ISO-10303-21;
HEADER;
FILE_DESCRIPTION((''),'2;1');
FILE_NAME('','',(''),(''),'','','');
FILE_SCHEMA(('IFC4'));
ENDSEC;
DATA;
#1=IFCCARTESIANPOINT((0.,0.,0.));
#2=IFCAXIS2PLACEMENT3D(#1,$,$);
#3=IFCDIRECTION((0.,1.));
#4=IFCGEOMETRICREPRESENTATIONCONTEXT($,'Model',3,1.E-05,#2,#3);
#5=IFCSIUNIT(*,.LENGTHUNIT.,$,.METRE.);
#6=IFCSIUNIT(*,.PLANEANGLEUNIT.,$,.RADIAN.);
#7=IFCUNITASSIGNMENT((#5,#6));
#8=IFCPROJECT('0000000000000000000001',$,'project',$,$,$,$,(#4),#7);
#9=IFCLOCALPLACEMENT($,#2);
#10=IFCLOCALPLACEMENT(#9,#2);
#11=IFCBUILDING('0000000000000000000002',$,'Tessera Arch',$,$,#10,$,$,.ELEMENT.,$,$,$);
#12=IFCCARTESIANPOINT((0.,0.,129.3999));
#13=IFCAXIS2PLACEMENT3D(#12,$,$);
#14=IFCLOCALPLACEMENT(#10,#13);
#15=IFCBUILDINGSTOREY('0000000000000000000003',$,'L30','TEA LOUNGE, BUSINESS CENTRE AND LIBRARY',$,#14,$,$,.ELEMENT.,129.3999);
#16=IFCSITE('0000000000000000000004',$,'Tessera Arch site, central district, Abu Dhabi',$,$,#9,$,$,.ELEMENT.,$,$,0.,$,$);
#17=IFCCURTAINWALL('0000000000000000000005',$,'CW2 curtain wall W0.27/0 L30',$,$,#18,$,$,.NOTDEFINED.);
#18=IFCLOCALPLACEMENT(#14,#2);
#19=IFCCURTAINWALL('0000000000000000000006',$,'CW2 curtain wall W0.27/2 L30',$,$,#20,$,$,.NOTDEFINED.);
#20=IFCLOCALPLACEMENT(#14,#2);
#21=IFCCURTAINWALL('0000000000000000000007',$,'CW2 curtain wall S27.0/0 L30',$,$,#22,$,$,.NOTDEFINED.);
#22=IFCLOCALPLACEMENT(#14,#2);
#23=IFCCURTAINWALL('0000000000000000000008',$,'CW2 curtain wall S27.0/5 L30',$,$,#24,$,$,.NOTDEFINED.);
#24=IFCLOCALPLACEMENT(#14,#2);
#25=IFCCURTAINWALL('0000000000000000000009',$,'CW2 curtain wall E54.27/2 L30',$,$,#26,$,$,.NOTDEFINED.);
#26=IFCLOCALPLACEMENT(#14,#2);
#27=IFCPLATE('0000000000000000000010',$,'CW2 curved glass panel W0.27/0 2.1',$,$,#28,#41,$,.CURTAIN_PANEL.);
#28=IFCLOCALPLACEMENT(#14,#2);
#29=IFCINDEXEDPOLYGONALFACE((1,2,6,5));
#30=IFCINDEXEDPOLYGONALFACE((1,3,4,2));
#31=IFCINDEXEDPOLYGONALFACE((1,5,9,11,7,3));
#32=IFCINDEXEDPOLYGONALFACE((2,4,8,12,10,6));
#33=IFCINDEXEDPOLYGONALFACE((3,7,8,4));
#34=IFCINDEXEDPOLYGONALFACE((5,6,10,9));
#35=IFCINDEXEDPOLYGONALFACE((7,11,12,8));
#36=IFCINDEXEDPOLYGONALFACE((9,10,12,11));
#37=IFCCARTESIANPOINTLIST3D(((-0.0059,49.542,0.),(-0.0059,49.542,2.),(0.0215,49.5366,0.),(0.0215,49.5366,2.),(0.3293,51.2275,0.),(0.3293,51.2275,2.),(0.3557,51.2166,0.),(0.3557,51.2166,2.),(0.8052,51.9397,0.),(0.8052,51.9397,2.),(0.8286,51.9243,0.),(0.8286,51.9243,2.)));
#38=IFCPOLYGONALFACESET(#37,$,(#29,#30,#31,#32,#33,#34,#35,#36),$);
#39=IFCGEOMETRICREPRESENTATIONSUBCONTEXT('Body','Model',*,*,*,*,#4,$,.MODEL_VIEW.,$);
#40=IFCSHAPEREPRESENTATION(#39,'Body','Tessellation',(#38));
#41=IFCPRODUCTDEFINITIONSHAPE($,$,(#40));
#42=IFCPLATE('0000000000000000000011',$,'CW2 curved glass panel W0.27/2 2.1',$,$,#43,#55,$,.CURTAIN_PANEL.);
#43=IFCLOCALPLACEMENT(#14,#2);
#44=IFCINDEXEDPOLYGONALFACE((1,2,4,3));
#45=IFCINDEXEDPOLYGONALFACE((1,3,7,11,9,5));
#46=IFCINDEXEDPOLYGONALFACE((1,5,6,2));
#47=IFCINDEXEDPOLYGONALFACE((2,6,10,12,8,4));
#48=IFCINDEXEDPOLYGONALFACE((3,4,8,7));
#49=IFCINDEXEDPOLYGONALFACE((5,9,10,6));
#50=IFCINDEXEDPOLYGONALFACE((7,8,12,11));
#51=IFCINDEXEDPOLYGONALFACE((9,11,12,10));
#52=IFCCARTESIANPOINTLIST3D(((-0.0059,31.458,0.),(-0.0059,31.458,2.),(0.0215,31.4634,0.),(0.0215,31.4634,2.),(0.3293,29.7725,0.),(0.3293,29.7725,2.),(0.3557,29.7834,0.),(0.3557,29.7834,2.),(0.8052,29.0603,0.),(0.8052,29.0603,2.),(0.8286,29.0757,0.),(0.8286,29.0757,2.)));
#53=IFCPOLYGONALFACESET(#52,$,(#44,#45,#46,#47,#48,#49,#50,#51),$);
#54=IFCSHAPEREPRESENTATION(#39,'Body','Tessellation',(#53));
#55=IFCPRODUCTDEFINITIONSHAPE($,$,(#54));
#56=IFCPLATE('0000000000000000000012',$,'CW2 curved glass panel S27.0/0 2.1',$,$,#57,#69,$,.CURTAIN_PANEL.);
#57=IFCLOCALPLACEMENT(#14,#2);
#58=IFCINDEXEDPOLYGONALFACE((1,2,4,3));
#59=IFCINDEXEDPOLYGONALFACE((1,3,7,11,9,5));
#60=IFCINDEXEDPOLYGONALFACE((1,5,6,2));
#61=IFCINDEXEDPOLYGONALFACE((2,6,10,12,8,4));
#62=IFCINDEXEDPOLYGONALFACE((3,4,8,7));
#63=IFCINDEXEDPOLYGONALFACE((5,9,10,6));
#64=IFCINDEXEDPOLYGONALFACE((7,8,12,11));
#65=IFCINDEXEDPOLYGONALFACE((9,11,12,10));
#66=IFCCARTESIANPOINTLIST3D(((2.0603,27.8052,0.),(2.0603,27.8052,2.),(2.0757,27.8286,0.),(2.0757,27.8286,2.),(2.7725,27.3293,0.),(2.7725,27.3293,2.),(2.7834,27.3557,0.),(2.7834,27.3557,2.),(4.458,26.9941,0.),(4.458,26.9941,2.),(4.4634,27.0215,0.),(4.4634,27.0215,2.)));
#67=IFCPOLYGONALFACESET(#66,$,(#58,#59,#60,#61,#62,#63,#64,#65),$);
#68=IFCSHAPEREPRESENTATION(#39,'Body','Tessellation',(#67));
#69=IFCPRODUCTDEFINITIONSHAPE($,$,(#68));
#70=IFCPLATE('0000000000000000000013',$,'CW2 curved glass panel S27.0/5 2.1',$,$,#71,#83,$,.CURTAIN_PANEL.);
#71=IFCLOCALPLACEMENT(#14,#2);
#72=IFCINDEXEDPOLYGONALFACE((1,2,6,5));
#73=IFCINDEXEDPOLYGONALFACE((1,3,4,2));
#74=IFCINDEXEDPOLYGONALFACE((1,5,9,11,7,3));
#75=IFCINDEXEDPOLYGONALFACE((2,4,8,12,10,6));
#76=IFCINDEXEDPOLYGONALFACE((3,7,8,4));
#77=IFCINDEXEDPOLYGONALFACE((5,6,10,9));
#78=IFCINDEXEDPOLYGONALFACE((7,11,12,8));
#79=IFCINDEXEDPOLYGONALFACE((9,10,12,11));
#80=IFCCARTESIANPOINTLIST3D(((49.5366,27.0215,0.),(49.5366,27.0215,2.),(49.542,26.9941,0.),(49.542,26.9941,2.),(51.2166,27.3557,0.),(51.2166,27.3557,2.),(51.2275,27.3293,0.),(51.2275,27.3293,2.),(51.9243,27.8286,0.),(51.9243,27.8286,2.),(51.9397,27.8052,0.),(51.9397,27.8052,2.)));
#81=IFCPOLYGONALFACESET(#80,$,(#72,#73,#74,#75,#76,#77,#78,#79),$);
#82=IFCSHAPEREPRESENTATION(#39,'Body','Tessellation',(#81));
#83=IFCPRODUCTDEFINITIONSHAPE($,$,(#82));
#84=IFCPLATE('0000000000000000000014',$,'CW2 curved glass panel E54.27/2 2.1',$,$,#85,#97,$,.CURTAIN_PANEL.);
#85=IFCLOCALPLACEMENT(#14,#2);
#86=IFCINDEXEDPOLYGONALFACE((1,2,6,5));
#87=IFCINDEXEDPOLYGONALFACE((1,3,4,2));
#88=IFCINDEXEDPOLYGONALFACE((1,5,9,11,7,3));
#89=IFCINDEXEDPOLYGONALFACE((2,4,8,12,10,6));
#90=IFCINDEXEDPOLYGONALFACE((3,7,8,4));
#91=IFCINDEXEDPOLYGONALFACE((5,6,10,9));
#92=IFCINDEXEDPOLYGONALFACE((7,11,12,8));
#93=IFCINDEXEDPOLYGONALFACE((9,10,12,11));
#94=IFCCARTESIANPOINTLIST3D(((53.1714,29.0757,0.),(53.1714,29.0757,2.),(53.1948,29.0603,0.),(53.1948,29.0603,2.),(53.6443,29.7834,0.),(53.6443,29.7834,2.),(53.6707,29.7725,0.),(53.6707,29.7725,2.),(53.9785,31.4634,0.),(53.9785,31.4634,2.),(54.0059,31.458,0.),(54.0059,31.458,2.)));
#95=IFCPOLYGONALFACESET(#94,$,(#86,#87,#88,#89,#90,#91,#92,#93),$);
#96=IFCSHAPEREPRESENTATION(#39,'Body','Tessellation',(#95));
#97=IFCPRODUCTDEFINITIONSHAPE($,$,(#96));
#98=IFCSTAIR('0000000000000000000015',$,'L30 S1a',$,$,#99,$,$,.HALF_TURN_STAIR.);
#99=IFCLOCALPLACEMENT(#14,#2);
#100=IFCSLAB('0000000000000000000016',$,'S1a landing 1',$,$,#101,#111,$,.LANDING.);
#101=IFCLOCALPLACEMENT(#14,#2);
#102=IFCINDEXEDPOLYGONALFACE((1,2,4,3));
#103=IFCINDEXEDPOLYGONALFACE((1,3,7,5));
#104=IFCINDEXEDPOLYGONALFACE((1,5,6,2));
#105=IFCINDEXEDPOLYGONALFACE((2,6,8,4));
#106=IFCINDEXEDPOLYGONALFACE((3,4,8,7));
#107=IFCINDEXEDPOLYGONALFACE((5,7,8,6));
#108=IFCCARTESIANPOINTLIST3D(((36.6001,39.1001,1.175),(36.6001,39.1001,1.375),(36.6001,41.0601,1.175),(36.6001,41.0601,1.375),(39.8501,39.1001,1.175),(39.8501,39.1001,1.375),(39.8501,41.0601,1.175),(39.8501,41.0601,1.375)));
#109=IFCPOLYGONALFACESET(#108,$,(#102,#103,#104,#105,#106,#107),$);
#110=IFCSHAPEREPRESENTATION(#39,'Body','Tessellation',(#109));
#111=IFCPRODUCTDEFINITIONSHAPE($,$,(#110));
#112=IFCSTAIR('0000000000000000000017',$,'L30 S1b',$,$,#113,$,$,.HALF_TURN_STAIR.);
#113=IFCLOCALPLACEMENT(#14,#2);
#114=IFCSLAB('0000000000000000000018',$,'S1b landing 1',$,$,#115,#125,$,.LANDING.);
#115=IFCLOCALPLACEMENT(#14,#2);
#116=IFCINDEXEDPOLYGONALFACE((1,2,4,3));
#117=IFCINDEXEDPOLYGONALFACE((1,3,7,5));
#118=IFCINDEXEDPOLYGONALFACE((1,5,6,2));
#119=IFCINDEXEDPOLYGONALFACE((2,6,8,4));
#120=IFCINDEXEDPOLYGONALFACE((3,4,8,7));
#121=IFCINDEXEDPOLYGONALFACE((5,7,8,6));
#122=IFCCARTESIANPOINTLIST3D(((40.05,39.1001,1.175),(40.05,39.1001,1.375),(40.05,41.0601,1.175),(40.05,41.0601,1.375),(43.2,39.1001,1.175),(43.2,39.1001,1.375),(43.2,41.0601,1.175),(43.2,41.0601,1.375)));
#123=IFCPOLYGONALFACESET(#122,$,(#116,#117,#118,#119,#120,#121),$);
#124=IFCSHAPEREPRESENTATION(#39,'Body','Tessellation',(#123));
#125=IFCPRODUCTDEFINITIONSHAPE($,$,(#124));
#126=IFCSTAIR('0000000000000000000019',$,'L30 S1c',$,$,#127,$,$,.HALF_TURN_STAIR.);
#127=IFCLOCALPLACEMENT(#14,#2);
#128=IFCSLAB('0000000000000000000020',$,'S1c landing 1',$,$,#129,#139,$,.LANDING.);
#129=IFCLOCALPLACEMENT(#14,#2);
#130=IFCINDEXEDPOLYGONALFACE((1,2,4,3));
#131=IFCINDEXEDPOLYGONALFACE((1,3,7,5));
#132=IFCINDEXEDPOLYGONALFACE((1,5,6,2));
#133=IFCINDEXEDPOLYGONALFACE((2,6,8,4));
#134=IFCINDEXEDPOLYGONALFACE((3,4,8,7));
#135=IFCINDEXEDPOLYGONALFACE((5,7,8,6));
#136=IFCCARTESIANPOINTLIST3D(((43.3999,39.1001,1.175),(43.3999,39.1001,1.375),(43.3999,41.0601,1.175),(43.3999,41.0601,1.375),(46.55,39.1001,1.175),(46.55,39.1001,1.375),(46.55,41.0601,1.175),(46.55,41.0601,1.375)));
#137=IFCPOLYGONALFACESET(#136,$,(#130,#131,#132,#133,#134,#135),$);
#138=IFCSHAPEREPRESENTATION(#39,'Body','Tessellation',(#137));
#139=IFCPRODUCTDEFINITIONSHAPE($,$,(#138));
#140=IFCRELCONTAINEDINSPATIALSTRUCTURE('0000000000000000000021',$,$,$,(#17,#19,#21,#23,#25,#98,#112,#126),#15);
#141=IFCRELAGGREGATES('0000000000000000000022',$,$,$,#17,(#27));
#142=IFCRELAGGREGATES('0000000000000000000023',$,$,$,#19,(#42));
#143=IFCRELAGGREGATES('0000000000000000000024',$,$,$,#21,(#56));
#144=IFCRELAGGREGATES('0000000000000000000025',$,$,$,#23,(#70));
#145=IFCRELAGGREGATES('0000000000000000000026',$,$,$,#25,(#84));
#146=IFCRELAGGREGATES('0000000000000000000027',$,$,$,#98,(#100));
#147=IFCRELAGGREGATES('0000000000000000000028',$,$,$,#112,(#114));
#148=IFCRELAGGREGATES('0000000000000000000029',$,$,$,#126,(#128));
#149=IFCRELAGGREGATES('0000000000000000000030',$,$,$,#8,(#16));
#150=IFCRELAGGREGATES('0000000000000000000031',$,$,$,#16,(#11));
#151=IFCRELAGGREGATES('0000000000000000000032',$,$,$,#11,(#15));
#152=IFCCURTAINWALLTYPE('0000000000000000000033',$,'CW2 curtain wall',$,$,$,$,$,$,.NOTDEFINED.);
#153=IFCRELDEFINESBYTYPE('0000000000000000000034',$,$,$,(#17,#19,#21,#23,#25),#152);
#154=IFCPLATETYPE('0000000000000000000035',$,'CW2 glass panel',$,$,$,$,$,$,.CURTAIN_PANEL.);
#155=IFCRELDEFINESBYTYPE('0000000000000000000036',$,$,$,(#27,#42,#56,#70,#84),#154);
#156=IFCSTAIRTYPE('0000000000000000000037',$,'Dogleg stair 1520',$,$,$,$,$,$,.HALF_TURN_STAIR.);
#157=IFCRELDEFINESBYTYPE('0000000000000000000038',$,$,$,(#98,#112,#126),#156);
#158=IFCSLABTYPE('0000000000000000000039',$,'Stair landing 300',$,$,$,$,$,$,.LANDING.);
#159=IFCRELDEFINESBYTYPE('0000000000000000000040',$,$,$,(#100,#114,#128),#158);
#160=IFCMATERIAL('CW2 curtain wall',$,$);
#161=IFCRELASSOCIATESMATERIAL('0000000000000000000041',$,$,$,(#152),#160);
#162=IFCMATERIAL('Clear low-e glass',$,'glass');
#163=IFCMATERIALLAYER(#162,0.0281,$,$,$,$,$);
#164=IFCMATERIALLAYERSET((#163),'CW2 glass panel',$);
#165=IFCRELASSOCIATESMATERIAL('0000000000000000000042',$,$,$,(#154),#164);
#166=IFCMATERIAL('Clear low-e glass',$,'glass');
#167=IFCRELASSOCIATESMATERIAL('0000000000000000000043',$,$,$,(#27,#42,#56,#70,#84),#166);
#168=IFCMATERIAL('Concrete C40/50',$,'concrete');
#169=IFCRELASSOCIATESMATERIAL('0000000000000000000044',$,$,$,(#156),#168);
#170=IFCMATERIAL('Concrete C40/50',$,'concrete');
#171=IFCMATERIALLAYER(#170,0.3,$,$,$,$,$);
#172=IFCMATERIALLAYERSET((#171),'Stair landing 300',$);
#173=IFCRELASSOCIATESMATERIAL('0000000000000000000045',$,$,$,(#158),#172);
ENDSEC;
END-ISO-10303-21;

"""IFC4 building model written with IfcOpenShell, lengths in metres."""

from ifc_helpers import new_model, si_unit, direction, frame, origin, place, context, subcontext, project, spatial, polyline, outline, extrude, material, layer, layer_set, type_object, element, aggregate, save


model = new_model("IFC4")

# Units and contexts
model_context = context("Model", 3, precision=1e-05, world=origin(), true_north=direction((0.0, 1.0)))
body_context = subcontext(model_context, "Body", "Model", "MODEL_VIEW")
ifc_project = project(units=[si_unit("LENGTHUNIT", "METRE"), si_unit("PLANEANGLEUNIT", "RADIAN")], contexts=[model_context])

# Site, building, storey
site_placement = place(None, origin())
site = spatial("IfcSite", under=ifc_project, at=site_placement, Name="Tessera Arch site, central district, Abu Dhabi", CompositionType="ELEMENT", RefElevation=0.0)
building_placement = place(site_placement, origin())
building = spatial("IfcBuilding", under=site, at=building_placement, Name="Tessera Arch", CompositionType="ELEMENT")
storey_placement = place(building_placement, frame((0.0, 0.0, 129.3999)))
storey = spatial("IfcBuildingStorey", under=building, at=storey_placement, Name="L30", Description="TEA LOUNGE, BUSINESS CENTRE AND LIBRARY", CompositionType="ELEMENT", Elevation=129.3999)

# Curtain walls
ifc_material_1 = material(Name="CW2 curtain wall")
curtain_wall_type = type_object("IfcCurtainWallType", Name="CW2 curtain wall", PredefinedType="NOTDEFINED", material=ifc_material_1)
curtain_wall_1_placement = place(storey_placement, origin())
curtain_wall_1 = element("IfcCurtainWall", 1, at=curtain_wall_1_placement, inside=storey, type_object=curtain_wall_type, Name="CW2 curtain wall W0.27/0 L30", PredefinedType="NOTDEFINED")
curtain_wall_2_placement = place(storey_placement, origin())
curtain_wall_2 = element("IfcCurtainWall", 2, at=curtain_wall_2_placement, inside=storey, type_object=curtain_wall_type, Name="CW2 curtain wall W0.27/2 L30", PredefinedType="NOTDEFINED")
curtain_wall_3_placement = place(storey_placement, origin())
curtain_wall_3 = element("IfcCurtainWall", 3, at=curtain_wall_3_placement, inside=storey, type_object=curtain_wall_type, Name="CW2 curtain wall S27.0/0 L30", PredefinedType="NOTDEFINED")
curtain_wall_4_placement = place(storey_placement, origin())
curtain_wall_4 = element("IfcCurtainWall", 4, at=curtain_wall_4_placement, inside=storey, type_object=curtain_wall_type, Name="CW2 curtain wall S27.0/5 L30", PredefinedType="NOTDEFINED")
curtain_wall_5_placement = place(storey_placement, origin())
curtain_wall_5 = element("IfcCurtainWall", 5, at=curtain_wall_5_placement, inside=storey, type_object=curtain_wall_type, Name="CW2 curtain wall E54.27/2 L30", PredefinedType="NOTDEFINED")

# Plates
ifc_material_2 = material(Name="Clear low-e glass", Category="glass")
ifc_material_3 = material(Name="Clear low-e glass", Category="glass")
ifc_layer_1 = layer(ifc_material_3, 0.0281)
ifc_layer_set_1 = layer_set([ifc_layer_1], Name="CW2 glass panel")
plate_type = type_object("IfcPlateType", Name="CW2 glass panel", PredefinedType="CURTAIN_PANEL", material=ifc_layer_set_1)
plate_1_placement = place(storey_placement, origin())
plate_1 = element("IfcPlate", 6, at=plate_1_placement, type_object=plate_type, material=ifc_material_2, Name="CW2 curved glass panel W0.27/0 2.1", PredefinedType="CURTAIN_PANEL", context=body_context, shape_type="SweptSolid", body=[
    extrude(outline(polyline([(0.3557, 51.2166), (0.8286, 51.9243), (0.8052, 51.9397), (0.3293, 51.2275), (-0.0059, 49.542), (0.0215, 49.5366), (0.3557, 51.2166)])), origin(), (0.0, 0.0, 1.0), 2.0),
])
aggregate(curtain_wall_1, [plate_1])
plate_2_placement = place(storey_placement, origin())
plate_2 = element("IfcPlate", 7, at=plate_2_placement, type_object=plate_type, material=ifc_material_2, Name="CW2 curved glass panel W0.27/2 2.1", PredefinedType="CURTAIN_PANEL", context=body_context, shape_type="SweptSolid", body=[
    extrude(outline(polyline([(0.3557, 29.7834), (0.0215, 31.4634), (-0.0059, 31.458), (0.3293, 29.7725), (0.8052, 29.0603), (0.8286, 29.0757), (0.3557, 29.7834)])), origin(), (0.0, 0.0, 1.0), 2.0),
])
aggregate(curtain_wall_2, [plate_2])
plate_3_placement = place(storey_placement, origin())
plate_3 = element("IfcPlate", 8, at=plate_3_placement, type_object=plate_type, material=ifc_material_2, Name="CW2 curved glass panel S27.0/0 2.1", PredefinedType="CURTAIN_PANEL", context=body_context, shape_type="SweptSolid", body=[
    extrude(outline(polyline([(2.7834, 27.3557), (2.0757, 27.8286), (2.0603, 27.8052), (2.7725, 27.3293), (4.458, 26.9941), (4.4634, 27.0215), (2.7834, 27.3557)])), origin(), (0.0, 0.0, 1.0), 2.0),
])
aggregate(curtain_wall_3, [plate_3])
plate_4_placement = place(storey_placement, origin())
plate_4 = element("IfcPlate", 9, at=plate_4_placement, type_object=plate_type, material=ifc_material_2, Name="CW2 curved glass panel S27.0/5 2.1", PredefinedType="CURTAIN_PANEL", context=body_context, shape_type="SweptSolid", body=[
    extrude(outline(polyline([(51.2166, 27.3557), (49.5366, 27.0215), (49.542, 26.9941), (51.2275, 27.3293), (51.9397, 27.8052), (51.9243, 27.8286), (51.2166, 27.3557)])), origin(), (0.0, 0.0, 1.0), 2.0),
])
aggregate(curtain_wall_4, [plate_4])
plate_5_placement = place(storey_placement, origin())
plate_5 = element("IfcPlate", 10, at=plate_5_placement, type_object=plate_type, material=ifc_material_2, Name="CW2 curved glass panel E54.27/2 2.1", PredefinedType="CURTAIN_PANEL", context=body_context, shape_type="SweptSolid", body=[
    extrude(outline(polyline([(53.6443, 29.7834), (53.1714, 29.0757), (53.1948, 29.0603), (53.6707, 29.7725), (54.0059, 31.458), (53.9785, 31.4634), (53.6443, 29.7834)])), origin(), (0.0, 0.0, 1.0), 2.0),
])
aggregate(curtain_wall_5, [plate_5])

# Stairs, slabs
ifc_material_4 = material(Name="Concrete C40/50", Category="concrete")
stair_type = type_object("IfcStairType", Name="Dogleg stair 1520", PredefinedType="HALF_TURN_STAIR", material=ifc_material_4)
stair_1_placement = place(storey_placement, origin())
stair_1 = element("IfcStair", 11, at=stair_1_placement, inside=storey, type_object=stair_type, Name="L30 S1a", PredefinedType="HALF_TURN_STAIR")
ifc_material_5 = material(Name="Concrete C40/50", Category="concrete")
ifc_layer_2 = layer(ifc_material_5, 0.3)
ifc_layer_set_2 = layer_set([ifc_layer_2], Name="Stair landing 300")
slab_type_1 = type_object("IfcSlabType", Name="Stair landing 300", PredefinedType="LANDING", material=ifc_layer_set_2)
slab_1_placement = place(storey_placement, frame((0.0, 0.0, 1.175)))
slab_1 = element("IfcSlab", 12, at=slab_1_placement, type_object=slab_type_1, Name="S1a landing 1", PredefinedType="LANDING", context=body_context, shape_type="SweptSolid", body=[
    extrude(outline(polyline([(36.6001, 41.0601), (36.6001, 39.1001), (39.8501, 39.1001), (39.8501, 41.0601), (36.6001, 41.0601)])), origin(), (0.0, 0.0, 1.0), 0.2),
])
aggregate(stair_1, [slab_1])
stair_2_placement = place(storey_placement, origin())
stair_2 = element("IfcStair", 13, at=stair_2_placement, inside=storey, type_object=stair_type, Name="L30 S1b", PredefinedType="HALF_TURN_STAIR")
slab_2_placement = place(storey_placement, frame((0.0, 0.0, 1.175)))
slab_2 = element("IfcSlab", 14, at=slab_2_placement, type_object=slab_type_1, Name="S1b landing 1", PredefinedType="LANDING", context=body_context, shape_type="SweptSolid", body=[
    extrude(outline(polyline([(40.05, 41.0601), (40.05, 39.1001), (43.2, 39.1001), (43.2, 41.0601), (40.05, 41.0601)])), origin(), (0.0, 0.0, 1.0), 0.2),
])
aggregate(stair_2, [slab_2])
stair_3_placement = place(storey_placement, origin())
stair_3 = element("IfcStair", 15, at=stair_3_placement, inside=storey, type_object=stair_type, Name="L30 S1c", PredefinedType="HALF_TURN_STAIR")
slab_3_placement = place(storey_placement, frame((0.0, 0.0, 1.175)))
slab_3 = element("IfcSlab", 16, at=slab_3_placement, type_object=slab_type_1, Name="S1c landing 1", PredefinedType="LANDING", context=body_context, shape_type="SweptSolid", body=[
    extrude(outline(polyline([(43.3999, 41.0601), (43.3999, 39.1001), (46.55, 39.1001), (46.55, 41.0601), (43.3999, 41.0601)])), origin(), (0.0, 0.0, 1.0), 0.2),
])
aggregate(stair_3, [slab_3])

save(model, "model.ifc")
